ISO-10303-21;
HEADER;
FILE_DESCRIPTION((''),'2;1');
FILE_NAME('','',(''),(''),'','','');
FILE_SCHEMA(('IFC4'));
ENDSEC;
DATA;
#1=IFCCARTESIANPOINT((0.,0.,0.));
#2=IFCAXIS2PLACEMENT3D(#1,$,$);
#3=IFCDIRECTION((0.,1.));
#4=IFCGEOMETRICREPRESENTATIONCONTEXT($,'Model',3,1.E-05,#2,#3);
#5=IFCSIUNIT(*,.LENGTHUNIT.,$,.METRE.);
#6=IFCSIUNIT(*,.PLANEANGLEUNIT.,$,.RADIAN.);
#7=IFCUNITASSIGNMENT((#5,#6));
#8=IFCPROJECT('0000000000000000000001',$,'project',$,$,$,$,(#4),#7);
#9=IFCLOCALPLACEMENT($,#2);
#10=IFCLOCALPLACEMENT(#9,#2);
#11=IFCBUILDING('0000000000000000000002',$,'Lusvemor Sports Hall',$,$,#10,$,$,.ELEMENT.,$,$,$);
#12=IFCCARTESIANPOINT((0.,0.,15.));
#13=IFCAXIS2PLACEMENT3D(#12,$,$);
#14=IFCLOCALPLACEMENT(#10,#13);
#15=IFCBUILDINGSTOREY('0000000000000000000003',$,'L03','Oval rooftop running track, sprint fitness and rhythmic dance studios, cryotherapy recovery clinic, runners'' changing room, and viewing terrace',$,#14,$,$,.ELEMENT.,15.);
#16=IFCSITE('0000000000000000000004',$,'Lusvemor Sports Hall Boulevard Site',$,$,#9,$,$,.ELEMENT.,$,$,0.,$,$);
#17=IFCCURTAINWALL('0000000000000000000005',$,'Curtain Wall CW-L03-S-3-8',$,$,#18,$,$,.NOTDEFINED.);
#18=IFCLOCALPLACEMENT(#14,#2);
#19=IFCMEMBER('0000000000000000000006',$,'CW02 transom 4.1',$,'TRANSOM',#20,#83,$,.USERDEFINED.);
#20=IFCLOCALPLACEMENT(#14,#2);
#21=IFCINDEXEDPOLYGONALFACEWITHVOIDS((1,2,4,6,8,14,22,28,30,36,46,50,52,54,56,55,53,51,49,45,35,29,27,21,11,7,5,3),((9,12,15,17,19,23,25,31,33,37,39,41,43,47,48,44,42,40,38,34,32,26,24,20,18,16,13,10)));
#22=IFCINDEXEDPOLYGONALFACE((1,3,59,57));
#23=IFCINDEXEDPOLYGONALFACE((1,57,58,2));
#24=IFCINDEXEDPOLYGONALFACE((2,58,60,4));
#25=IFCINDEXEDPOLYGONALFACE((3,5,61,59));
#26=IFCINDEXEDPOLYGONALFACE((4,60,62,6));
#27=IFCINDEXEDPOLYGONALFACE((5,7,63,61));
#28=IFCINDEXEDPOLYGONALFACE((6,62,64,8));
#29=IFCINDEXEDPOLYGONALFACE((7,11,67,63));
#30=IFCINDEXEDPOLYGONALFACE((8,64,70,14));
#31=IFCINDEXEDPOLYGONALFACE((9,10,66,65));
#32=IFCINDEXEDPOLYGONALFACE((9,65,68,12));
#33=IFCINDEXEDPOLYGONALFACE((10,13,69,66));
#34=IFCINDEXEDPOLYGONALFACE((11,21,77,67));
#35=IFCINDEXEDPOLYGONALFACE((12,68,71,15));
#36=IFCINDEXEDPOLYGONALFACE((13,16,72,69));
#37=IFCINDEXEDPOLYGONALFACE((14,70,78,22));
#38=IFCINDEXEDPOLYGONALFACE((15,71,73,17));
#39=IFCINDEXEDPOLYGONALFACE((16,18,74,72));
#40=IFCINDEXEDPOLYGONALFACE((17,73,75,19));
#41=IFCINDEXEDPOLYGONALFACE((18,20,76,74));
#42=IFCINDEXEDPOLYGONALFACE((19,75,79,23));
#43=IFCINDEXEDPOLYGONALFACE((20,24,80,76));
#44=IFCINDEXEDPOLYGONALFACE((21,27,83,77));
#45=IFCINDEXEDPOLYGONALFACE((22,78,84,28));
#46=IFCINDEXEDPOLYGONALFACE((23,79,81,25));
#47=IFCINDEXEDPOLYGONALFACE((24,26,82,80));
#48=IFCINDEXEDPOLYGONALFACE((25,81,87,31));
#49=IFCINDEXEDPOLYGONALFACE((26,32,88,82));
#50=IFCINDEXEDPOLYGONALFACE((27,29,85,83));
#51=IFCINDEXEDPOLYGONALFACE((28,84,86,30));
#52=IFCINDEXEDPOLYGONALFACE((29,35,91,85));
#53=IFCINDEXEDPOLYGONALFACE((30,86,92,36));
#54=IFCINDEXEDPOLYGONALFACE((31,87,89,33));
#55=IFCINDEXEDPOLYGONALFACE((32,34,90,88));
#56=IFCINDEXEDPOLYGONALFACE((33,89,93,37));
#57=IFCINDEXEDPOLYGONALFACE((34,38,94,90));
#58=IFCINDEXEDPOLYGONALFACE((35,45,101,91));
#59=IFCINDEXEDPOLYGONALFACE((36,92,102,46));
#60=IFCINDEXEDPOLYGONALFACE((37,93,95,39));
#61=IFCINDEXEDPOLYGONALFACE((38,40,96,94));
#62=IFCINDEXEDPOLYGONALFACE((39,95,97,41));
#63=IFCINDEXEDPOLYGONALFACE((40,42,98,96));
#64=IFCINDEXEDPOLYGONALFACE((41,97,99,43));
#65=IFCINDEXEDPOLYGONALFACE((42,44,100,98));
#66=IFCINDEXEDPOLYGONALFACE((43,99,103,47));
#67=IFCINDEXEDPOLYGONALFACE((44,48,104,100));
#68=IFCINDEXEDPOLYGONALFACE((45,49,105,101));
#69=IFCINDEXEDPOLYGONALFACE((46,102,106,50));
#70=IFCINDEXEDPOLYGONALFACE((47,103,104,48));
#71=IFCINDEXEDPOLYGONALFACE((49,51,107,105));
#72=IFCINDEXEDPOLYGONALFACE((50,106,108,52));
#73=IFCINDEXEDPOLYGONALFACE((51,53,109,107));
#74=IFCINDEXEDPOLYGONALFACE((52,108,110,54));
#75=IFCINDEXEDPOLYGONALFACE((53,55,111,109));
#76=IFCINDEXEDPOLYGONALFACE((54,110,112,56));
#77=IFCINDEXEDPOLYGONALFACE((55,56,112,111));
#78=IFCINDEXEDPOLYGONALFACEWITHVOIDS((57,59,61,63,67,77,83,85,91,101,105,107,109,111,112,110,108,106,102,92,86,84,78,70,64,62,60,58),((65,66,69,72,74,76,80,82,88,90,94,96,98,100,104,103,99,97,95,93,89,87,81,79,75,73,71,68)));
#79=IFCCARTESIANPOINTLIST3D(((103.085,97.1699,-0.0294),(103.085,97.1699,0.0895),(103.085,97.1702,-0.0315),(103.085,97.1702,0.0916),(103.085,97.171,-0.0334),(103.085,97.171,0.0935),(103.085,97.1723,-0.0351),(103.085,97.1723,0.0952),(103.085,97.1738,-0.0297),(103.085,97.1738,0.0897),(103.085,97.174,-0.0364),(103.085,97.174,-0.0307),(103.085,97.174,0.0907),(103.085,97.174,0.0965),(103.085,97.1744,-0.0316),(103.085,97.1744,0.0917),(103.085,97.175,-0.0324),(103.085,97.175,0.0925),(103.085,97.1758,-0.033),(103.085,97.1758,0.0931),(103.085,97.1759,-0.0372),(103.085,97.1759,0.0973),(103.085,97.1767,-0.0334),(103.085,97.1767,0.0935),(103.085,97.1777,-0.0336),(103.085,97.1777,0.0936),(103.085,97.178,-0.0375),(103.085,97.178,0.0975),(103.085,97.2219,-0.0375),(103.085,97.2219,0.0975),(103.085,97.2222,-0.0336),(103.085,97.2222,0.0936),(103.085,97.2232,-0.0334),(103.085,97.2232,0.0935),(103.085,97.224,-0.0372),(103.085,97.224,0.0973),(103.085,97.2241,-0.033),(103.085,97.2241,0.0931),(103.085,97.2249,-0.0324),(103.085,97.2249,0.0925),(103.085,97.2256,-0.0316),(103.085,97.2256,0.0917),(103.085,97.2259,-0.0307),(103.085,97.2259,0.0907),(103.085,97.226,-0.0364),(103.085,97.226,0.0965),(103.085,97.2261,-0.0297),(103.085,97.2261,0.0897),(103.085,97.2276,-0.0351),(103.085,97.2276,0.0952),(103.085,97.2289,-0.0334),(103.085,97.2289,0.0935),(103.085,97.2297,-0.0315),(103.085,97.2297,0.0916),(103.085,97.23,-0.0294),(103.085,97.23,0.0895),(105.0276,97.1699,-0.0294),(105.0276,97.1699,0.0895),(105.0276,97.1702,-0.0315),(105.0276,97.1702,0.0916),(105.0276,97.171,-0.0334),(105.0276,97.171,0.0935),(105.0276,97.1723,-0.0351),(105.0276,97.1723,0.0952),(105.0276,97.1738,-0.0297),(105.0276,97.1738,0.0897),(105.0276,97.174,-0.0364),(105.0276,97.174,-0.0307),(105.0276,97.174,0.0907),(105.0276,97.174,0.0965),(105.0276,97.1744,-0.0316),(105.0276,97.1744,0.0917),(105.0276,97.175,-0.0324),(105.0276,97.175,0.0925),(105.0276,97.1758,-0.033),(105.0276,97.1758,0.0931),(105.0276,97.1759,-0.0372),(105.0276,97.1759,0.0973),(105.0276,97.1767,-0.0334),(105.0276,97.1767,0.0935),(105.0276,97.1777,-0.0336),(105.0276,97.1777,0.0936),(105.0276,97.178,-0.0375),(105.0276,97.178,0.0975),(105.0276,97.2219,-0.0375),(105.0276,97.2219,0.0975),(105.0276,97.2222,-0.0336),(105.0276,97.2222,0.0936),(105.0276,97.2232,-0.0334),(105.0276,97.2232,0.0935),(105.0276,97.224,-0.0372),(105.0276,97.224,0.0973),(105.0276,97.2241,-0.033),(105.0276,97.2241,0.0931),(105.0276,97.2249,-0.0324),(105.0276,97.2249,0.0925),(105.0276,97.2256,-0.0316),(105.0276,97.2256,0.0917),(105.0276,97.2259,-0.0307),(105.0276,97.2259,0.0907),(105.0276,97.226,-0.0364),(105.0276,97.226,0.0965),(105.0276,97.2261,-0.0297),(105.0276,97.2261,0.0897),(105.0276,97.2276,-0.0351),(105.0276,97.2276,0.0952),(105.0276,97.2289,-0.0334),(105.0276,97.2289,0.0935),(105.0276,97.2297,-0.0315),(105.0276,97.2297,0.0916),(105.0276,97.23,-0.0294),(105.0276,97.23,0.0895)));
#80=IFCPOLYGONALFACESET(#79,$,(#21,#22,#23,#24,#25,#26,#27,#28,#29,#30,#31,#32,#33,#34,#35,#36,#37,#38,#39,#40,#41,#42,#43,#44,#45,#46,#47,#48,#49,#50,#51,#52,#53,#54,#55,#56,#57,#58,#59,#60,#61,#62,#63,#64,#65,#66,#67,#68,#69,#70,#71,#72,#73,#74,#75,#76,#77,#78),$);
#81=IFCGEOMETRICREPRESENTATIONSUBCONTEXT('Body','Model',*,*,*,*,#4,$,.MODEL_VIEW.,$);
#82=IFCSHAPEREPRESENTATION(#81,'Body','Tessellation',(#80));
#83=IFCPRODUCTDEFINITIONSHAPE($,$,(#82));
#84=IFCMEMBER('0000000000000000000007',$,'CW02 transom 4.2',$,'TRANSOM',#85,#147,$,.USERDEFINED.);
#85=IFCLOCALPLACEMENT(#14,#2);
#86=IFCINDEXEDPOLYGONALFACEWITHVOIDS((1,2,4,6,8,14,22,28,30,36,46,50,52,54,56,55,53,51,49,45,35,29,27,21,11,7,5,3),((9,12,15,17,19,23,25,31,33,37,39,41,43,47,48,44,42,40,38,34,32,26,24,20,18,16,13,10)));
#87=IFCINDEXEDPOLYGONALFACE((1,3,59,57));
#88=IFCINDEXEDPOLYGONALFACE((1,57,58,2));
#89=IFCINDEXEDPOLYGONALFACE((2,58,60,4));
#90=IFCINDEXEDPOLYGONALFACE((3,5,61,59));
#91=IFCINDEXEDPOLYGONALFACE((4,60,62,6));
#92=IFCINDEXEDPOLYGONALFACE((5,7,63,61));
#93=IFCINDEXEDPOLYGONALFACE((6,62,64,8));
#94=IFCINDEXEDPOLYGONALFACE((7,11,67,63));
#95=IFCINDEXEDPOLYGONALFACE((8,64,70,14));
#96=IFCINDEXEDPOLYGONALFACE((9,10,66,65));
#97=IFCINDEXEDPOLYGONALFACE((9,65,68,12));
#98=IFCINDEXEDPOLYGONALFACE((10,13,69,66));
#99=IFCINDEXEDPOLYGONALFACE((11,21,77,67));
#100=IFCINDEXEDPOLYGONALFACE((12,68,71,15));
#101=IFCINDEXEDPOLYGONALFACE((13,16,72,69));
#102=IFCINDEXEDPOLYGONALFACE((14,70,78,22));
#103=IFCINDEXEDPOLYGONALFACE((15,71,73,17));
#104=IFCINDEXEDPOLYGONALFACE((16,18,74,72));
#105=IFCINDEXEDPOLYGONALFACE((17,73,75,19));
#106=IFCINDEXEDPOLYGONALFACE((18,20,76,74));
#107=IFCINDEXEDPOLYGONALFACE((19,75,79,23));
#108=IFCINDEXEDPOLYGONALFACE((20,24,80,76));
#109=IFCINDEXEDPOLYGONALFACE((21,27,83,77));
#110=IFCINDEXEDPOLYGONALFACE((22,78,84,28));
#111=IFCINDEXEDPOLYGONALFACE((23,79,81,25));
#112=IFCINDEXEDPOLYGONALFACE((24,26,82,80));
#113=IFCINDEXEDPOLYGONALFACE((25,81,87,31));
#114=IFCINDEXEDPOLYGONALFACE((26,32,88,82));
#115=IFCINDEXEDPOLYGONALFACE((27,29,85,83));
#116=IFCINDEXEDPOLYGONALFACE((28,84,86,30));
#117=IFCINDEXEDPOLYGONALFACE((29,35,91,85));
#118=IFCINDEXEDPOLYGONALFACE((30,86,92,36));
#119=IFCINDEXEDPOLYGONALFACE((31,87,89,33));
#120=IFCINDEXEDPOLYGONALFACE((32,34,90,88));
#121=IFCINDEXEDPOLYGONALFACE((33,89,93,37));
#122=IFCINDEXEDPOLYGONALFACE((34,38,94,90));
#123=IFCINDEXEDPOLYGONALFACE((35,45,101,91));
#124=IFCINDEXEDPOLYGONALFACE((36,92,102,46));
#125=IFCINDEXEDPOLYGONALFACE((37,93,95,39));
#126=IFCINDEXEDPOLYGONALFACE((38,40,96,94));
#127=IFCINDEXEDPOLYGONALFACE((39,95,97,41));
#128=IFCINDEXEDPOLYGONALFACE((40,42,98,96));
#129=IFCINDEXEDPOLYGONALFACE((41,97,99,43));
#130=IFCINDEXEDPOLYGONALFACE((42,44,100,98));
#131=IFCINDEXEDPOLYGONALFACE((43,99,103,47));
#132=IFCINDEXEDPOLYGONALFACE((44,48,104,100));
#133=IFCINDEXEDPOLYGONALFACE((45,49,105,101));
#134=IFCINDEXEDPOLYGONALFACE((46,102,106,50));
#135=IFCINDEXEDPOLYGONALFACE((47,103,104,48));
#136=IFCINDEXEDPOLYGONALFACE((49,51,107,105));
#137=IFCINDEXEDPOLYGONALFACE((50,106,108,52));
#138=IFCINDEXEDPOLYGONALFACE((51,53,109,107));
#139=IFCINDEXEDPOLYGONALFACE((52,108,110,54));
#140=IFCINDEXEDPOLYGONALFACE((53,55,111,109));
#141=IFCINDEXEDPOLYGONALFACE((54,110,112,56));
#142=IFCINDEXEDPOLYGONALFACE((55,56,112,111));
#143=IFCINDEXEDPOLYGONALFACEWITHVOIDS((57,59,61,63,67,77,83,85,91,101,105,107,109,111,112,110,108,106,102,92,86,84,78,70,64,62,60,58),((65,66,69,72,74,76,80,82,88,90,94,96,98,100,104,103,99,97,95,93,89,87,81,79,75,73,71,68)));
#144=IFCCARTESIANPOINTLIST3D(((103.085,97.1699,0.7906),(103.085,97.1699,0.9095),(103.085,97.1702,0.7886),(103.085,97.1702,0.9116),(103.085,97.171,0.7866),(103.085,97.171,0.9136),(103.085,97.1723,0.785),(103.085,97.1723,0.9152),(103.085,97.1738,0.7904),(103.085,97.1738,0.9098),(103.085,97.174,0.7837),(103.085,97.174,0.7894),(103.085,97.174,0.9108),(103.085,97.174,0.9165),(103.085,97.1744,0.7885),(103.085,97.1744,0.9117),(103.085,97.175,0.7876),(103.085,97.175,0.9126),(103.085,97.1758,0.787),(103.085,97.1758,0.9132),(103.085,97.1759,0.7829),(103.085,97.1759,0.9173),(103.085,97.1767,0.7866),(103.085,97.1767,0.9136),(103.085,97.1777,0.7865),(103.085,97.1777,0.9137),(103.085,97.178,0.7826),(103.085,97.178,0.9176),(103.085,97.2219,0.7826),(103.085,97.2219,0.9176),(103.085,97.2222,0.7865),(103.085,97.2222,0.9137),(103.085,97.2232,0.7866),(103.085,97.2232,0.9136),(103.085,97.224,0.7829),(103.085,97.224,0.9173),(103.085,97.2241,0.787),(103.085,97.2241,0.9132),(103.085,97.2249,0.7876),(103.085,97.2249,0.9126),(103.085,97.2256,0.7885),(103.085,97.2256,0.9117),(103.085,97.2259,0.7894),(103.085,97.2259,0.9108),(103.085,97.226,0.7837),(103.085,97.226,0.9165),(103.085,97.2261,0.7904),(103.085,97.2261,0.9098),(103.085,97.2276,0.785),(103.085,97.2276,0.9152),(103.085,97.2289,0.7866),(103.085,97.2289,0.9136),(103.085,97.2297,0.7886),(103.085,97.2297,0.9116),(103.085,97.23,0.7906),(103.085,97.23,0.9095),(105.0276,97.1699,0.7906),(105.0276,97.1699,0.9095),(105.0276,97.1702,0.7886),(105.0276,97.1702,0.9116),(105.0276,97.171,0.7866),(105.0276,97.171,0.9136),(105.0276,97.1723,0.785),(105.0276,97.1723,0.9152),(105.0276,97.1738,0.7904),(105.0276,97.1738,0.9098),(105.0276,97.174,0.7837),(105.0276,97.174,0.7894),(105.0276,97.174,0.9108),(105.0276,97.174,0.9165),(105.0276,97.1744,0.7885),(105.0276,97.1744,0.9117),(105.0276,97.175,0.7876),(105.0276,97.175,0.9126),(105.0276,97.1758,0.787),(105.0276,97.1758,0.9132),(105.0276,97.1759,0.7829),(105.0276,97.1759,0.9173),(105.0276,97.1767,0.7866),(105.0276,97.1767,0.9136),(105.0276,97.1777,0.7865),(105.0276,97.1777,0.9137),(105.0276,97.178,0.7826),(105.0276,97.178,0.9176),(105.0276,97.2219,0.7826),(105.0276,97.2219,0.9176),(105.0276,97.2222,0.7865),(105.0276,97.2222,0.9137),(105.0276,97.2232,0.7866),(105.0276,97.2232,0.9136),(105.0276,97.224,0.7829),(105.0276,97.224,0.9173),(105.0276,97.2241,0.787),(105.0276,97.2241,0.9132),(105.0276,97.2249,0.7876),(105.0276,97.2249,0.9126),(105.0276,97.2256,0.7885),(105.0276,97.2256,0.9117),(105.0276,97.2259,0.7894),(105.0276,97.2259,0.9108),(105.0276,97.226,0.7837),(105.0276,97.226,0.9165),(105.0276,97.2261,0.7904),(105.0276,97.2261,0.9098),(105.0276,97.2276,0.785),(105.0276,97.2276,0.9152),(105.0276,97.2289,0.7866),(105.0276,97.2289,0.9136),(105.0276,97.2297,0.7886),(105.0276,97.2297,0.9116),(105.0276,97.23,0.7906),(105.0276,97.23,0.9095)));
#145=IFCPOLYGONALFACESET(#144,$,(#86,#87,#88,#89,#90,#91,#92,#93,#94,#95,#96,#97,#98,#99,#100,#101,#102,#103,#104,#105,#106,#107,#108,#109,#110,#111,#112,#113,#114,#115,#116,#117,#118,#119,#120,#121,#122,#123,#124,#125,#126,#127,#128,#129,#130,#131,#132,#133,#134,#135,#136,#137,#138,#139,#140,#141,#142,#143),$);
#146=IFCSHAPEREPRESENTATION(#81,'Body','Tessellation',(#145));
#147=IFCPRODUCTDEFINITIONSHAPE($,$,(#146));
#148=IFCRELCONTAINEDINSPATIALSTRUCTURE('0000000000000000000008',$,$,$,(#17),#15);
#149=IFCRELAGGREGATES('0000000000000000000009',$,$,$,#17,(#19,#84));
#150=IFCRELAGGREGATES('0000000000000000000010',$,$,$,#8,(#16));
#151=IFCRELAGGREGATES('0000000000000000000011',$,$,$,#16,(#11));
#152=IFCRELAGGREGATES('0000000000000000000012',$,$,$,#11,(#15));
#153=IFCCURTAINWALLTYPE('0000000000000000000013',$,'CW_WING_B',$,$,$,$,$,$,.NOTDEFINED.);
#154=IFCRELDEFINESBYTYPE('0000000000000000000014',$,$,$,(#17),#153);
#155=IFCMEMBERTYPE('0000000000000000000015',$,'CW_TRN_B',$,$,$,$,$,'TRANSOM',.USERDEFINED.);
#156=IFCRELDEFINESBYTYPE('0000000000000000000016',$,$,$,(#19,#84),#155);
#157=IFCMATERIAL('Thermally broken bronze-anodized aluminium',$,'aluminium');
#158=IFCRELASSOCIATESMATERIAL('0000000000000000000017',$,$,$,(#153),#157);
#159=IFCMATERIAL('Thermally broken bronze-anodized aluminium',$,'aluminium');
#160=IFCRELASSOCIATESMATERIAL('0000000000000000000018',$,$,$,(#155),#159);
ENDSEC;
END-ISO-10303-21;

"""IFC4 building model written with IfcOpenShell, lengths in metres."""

from ifc_helpers import new_model, si_unit, direction, frame, origin, origin_2d, place, context, subcontext, project, spatial, hollow_rectangle, extrude, material, material_profile, profile_set, type_object, element, aggregate, save


model = new_model("IFC4")

# Units and contexts
model_context = context("Model", 3, precision=1e-05, world=origin(), true_north=direction((0.0, 1.0)))
body_context = subcontext(model_context, "Body", "Model", "MODEL_VIEW")
ifc_project = project(units=[si_unit("LENGTHUNIT", "METRE"), si_unit("PLANEANGLEUNIT", "RADIAN")], contexts=[model_context])

# Site, building, storey
site_placement = place(None, origin())
site = spatial("IfcSite", under=ifc_project, at=site_placement, Name="Lusvemor Sports Hall Boulevard Site", CompositionType="ELEMENT", RefElevation=0.0)
building_placement = place(site_placement, origin())
building = spatial("IfcBuilding", under=site, at=building_placement, Name="Lusvemor Sports Hall", CompositionType="ELEMENT")
storey_placement = place(building_placement, frame((0.0, 0.0, 15.0)))
storey = spatial("IfcBuildingStorey", under=building, at=storey_placement, Name="L03", Description="Oval rooftop running track, sprint fitness and rhythmic dance studios, cryotherapy recovery clinic, runners' changing room, and viewing terrace", CompositionType="ELEMENT", Elevation=15.0)

# Curtain wall, members
ifc_material_1 = material(Name="Thermally broken bronze-anodized aluminium", Category="aluminium")
curtain_wall_type = type_object("IfcCurtainWallType", Name="CW_WING_B", PredefinedType="NOTDEFINED", material=ifc_material_1)
curtain_wall_placement = place(storey_placement, origin())
curtain_wall = element("IfcCurtainWall", 1, at=curtain_wall_placement, inside=storey, type_object=curtain_wall_type, Name="Curtain Wall CW-L03-S-3-8", PredefinedType="NOTDEFINED")
ifc_material_2 = material(Name="Thermally broken bronze-anodized aluminium", Category="aluminium")
ifc_material_profile_1 = material_profile(ifc_material_2, hollow_rectangle(XDim=0.0601, YDim=0.135, WallThickness=0.0039, InnerFilletRadius=0.0039, OuterFilletRadius=0.0081, at=origin_2d()), Name="CWTRN135x60x4")
ifc_profile_set_1 = profile_set([ifc_material_profile_1], Name="Thermally broken bronze-anodized aluminium")
member_type_1 = type_object("IfcMemberType", Name="CW_TRN_B", ElementType="TRANSOM", PredefinedType="USERDEFINED", material=ifc_profile_set_1)
member_1_placement = place(storey_placement, frame((105.0276, 97.2, 0.03), z_axis=(-1.0, 0.0, 0.0), x_axis=(0.0, -1.0, 0.0)))
member_1 = element("IfcMember", 2, at=member_1_placement, type_object=member_type_1, Name="CW02 transom 4.1", ObjectType="TRANSOM", PredefinedType="USERDEFINED", context=body_context, shape_type="SweptSolid", body=[
    extrude(hollow_rectangle(XDim=0.0601, YDim=0.135, WallThickness=0.0039, InnerFilletRadius=0.0039, OuterFilletRadius=0.0081, at=origin_2d()), origin(), (0.0, 0.0, 1.0), 1.9426),
])
member_2_placement = place(storey_placement, frame((105.0276, 97.2, 0.8501), z_axis=(-1.0, 0.0, 0.0), x_axis=(0.0, -1.0, 0.0)))
member_2 = element("IfcMember", 3, at=member_2_placement, type_object=member_type_1, Name="CW02 transom 4.2", ObjectType="TRANSOM", PredefinedType="USERDEFINED", context=body_context, shape_type="SweptSolid", body=[
    extrude(hollow_rectangle(XDim=0.0601, YDim=0.135, WallThickness=0.0039, InnerFilletRadius=0.0039, OuterFilletRadius=0.0081, at=origin_2d()), origin(), (0.0, 0.0, 1.0), 1.9426),
])

aggregate(curtain_wall, [member_1, member_2])

save(model, "model.ifc")
